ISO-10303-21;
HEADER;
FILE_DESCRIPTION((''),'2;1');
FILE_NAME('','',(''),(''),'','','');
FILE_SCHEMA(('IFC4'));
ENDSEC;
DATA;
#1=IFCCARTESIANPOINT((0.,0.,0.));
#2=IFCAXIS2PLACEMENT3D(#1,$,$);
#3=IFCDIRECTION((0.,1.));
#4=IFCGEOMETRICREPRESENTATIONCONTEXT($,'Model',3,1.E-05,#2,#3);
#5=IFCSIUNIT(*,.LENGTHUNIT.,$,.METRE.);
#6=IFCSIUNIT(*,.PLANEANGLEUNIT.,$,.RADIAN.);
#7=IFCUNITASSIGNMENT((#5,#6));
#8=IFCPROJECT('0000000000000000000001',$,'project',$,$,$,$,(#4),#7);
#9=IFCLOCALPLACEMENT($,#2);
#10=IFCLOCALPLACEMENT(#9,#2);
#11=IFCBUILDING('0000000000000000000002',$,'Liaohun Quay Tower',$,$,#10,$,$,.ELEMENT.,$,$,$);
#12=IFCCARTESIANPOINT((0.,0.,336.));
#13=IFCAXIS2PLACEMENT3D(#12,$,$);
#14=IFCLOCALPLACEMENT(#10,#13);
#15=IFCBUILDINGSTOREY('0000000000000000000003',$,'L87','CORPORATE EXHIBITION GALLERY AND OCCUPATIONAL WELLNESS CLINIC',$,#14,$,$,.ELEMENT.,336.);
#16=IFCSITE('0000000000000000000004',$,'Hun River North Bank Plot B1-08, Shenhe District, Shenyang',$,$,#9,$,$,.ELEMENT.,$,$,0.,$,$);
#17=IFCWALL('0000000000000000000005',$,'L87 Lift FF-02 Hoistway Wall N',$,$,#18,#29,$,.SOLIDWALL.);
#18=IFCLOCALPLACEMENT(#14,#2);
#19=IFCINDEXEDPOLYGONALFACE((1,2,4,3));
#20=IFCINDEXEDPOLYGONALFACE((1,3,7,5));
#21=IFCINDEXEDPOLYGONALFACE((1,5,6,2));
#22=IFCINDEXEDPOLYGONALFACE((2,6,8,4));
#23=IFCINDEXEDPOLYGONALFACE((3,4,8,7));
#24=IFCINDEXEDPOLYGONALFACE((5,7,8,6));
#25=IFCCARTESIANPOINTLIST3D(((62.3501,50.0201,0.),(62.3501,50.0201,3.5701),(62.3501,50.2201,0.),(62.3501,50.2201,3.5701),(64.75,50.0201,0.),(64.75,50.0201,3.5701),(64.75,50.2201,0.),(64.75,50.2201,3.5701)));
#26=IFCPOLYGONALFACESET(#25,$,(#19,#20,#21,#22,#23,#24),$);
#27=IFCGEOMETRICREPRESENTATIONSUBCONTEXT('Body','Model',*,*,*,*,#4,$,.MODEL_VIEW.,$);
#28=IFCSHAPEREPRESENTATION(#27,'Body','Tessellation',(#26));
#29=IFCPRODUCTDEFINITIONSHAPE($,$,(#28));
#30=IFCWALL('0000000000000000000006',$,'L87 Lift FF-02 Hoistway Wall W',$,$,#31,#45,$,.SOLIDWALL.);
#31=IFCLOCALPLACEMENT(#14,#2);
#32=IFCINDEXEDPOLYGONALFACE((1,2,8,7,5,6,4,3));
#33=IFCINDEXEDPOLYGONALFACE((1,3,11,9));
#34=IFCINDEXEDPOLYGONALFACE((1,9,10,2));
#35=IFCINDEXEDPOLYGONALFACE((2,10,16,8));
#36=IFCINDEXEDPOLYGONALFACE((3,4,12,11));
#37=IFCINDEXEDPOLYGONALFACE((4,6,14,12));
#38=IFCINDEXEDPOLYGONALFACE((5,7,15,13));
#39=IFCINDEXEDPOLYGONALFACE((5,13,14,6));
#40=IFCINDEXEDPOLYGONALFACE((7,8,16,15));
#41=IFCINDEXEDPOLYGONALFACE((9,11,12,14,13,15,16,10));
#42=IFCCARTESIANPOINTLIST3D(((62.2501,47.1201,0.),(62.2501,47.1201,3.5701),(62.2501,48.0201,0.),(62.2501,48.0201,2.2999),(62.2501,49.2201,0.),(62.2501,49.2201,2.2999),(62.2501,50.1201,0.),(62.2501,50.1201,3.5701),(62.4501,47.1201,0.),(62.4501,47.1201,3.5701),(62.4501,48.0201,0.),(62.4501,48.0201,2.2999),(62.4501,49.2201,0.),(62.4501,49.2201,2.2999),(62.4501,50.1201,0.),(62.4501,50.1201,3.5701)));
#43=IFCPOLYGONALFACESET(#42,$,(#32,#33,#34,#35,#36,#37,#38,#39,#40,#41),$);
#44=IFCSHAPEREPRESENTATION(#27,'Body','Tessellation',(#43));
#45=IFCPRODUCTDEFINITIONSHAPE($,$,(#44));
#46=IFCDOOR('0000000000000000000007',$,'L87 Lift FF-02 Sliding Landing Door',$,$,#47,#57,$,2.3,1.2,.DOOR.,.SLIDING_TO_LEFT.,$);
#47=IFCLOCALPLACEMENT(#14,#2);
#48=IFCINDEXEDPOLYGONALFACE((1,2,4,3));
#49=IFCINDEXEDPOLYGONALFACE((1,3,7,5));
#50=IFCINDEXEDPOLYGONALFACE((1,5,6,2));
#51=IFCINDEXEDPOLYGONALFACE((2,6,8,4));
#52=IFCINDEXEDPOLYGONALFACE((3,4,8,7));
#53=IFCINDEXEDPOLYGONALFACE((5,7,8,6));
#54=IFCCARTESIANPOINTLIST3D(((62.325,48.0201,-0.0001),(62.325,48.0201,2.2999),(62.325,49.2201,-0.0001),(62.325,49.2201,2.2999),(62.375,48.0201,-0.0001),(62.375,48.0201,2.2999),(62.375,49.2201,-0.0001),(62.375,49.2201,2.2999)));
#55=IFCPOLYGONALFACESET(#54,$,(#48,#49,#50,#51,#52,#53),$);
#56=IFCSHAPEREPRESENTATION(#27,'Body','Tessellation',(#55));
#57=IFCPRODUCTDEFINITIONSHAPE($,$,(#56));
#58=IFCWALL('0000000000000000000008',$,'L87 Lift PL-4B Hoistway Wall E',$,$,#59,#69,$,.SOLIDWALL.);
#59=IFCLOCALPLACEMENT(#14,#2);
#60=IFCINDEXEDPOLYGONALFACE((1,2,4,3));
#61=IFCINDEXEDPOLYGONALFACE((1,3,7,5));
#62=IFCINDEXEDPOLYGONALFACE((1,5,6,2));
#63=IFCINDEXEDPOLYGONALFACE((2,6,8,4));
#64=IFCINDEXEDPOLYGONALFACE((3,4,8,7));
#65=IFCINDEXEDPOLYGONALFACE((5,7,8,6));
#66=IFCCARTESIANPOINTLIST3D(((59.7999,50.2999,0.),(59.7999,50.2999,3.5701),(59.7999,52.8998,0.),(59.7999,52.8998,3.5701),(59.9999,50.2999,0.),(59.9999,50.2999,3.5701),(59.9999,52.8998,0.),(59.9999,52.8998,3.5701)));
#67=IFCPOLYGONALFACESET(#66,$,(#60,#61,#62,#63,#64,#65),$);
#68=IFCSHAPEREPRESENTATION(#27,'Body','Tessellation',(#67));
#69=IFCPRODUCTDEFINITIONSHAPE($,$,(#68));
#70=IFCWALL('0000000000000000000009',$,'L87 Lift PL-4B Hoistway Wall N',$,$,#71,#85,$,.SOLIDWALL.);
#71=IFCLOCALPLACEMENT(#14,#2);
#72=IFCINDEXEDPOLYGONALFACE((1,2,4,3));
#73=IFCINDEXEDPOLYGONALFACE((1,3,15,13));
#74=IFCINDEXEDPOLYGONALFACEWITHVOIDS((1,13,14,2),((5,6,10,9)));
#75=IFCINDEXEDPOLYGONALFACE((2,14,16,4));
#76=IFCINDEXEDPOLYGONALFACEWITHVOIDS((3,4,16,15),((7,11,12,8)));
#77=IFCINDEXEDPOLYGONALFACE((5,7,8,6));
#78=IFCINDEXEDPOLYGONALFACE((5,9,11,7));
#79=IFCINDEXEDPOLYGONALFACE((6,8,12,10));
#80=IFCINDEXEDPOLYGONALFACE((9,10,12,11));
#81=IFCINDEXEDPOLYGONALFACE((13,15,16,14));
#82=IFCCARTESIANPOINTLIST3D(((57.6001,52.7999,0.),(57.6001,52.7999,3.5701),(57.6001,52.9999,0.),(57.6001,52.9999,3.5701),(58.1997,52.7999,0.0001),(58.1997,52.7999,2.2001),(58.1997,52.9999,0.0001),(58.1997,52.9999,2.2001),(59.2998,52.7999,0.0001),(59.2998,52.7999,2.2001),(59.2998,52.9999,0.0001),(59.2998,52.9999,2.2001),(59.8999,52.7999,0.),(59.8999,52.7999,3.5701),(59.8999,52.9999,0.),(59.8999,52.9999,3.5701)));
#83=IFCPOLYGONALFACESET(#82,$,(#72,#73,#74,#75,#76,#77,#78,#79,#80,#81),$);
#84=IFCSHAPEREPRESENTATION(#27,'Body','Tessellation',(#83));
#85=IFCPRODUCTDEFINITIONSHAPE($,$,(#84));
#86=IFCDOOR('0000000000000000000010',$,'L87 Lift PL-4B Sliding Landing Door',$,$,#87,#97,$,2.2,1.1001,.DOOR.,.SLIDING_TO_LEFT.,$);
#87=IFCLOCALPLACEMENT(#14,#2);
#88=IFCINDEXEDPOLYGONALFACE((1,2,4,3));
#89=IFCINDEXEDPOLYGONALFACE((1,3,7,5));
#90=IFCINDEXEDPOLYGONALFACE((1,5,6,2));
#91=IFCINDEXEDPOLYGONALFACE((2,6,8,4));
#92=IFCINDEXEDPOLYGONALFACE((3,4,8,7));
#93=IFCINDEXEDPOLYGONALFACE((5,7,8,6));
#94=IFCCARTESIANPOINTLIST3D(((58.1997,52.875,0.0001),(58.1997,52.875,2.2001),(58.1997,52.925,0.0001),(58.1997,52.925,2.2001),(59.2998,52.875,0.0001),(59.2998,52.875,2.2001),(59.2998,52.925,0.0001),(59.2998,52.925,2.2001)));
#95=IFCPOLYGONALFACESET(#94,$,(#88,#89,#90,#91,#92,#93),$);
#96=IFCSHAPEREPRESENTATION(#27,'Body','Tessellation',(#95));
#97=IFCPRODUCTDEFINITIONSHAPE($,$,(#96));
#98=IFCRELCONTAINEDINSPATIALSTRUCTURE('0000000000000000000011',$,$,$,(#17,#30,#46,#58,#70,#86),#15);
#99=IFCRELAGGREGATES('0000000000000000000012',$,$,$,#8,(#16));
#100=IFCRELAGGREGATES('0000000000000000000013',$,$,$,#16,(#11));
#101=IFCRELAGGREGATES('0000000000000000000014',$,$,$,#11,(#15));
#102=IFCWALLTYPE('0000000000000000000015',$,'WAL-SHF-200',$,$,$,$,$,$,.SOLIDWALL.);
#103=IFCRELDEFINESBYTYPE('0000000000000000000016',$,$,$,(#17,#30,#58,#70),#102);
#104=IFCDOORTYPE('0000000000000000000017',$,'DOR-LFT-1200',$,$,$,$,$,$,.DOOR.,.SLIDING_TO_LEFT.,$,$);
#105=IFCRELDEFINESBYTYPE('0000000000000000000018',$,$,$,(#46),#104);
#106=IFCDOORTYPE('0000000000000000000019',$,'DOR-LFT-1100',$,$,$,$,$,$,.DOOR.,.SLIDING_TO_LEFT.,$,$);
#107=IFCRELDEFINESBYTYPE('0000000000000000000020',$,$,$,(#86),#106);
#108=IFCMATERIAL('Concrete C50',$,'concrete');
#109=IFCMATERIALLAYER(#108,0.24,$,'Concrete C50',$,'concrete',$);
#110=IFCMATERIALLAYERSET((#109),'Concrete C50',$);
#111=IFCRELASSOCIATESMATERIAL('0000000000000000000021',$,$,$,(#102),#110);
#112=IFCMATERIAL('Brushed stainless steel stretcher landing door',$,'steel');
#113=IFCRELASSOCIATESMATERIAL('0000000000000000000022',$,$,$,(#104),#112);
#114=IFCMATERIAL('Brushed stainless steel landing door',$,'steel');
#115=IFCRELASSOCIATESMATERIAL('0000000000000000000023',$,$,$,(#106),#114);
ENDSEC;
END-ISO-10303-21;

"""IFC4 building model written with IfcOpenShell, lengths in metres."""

from ifc_helpers import new_model, si_unit, direction, frame, frame_2d, origin, place, context, subcontext, project, spatial, rectangle, extrude, source, transform, mapped, material, layer, layer_set, type_object, element, fill, save


model = new_model("IFC4")

# Units and contexts
model_context = context("Model", 3, precision=1e-05, world=origin(), true_north=direction((0.0, 1.0)))
body_context = subcontext(model_context, "Body", "Model", "MODEL_VIEW")
ifc_project = project(units=[si_unit("LENGTHUNIT", "METRE"), si_unit("PLANEANGLEUNIT", "RADIAN")], contexts=[model_context])

# Site, building, storey
site_placement = place(None, origin())
site = spatial("IfcSite", under=ifc_project, at=site_placement, Name="Hun River North Bank Plot B1-08, Shenhe District, Shenyang", CompositionType="ELEMENT", RefElevation=0.0)
building_placement = place(site_placement, origin())
building = spatial("IfcBuilding", under=site, at=building_placement, Name="Liaohun Quay Tower", CompositionType="ELEMENT")
storey_placement = place(building_placement, frame((0.0, 0.0, 336.0)))
storey = spatial("IfcBuildingStorey", under=building, at=storey_placement, Name="L87", Description="CORPORATE EXHIBITION GALLERY AND OCCUPATIONAL WELLNESS CLINIC", CompositionType="ELEMENT", Elevation=336.0)

# Wall
ifc_material_1 = material(Name="Concrete C50", Category="concrete")
ifc_layer_1 = layer(ifc_material_1, 0.24, Name="Concrete C50", Category="concrete")
ifc_layer_set_1 = layer_set([ifc_layer_1], Name="Concrete C50")
wall_type_1 = type_object("IfcWallType", Name="WAL-SHF-200", PredefinedType="SOLIDWALL", material=ifc_layer_set_1)
wall_1_placement = place(storey_placement, frame((64.75, 50.1201, 0.0), z_axis=(0.0, 0.0, 1.0), x_axis=(-1.0, 0.0, 0.0)))
element("IfcWall", 1, at=wall_1_placement, inside=storey, type_object=wall_type_1, Name="L87 Lift FF-02 Hoistway Wall N", PredefinedType="SOLIDWALL", context=body_context, shape_type="SweptSolid", body=[
    extrude(rectangle(XDim=2.3999, YDim=0.2, at=frame_2d((1.2, 0.0))), origin(), (0.0, 0.0, 1.0), 3.5701),
])

# Wall, opening, door
wall_2_placement = place(storey_placement, frame((62.3501, 50.1201, 0.0), z_axis=(0.0, 0.0, 1.0), x_axis=(0.0, -1.0, 0.0)))
wall_2 = element("IfcWall", 2, at=wall_2_placement, inside=storey, type_object=wall_type_1, Name="L87 Lift FF-02 Hoistway Wall W", PredefinedType="SOLIDWALL", context=body_context, shape_type="SweptSolid", body=[
    extrude(rectangle(XDim=3.0, YDim=0.2, at=frame_2d((1.5, 0.0))), origin(), (0.0, 0.0, 1.0), 3.5701),
])
shared_shape_1 = source(origin(), body_context, "Body", "SweptSolid", [
    extrude(rectangle(XDim=1.2, YDim=2.3, at=frame_2d((0.6001, 1.1499))), frame((0.0, 0.1099, 0.0), z_axis=(0.0, -1.0, 0.0), x_axis=(1.0, 0.0, 0.0)), (0.0, 0.0, 1.0), 0.22),
])
opening_1_placement = place(wall_2_placement, frame((0.8999, 0.0, 0.0)))
opening_1 = element("IfcOpeningElement", 3, at=opening_1_placement, cuts=wall_2, PredefinedType="OPENING", context=body_context, shape_type="MappedRepresentation", body=[
    mapped(shared_shape_1, transform((0.0, 0.0, 0.0), x_axis=(1.0, 0.0, 0.0), y_axis=(0.0, 1.0, 0.0), z_axis=(0.0, 0.0, 1.0), scale=1.0)),
])
ifc_material_2 = material(Name="Brushed stainless steel stretcher landing door", Category="steel")
door_type_1 = type_object("IfcDoorType", Name="DOR-LFT-1200", OperationType="SLIDING_TO_LEFT", PredefinedType="DOOR", material=ifc_material_2)
shared_shape_2 = source(origin(), body_context, "Body", "SweptSolid", [
    extrude(rectangle(XDim=1.2, YDim=2.3, at=frame_2d((0.6001, 1.1499))), frame((0.0, 0.0249, 0.0), z_axis=(0.0, -1.0, 0.0), x_axis=(1.0, 0.0, 0.0)), (0.0, 0.0, 1.0), 0.05),
])
door_1_placement = place(opening_1_placement, origin())
door_1 = element("IfcDoor", 4, at=door_1_placement, inside=storey, type_object=door_type_1, Name="L87 Lift FF-02 Sliding Landing Door", OperationType="SLIDING_TO_LEFT", OverallHeight=2.3, OverallWidth=1.2, PredefinedType="DOOR", context=body_context, shape_type="MappedRepresentation", body=[
    mapped(shared_shape_2, transform((0.0, 0.0, 0.0), x_axis=(1.0, 0.0, 0.0), y_axis=(0.0, 1.0, 0.0), z_axis=(0.0, 0.0, 1.0), scale=1.0)),
])
fill(opening_1, door_1)

# Wall
wall_3_placement = place(storey_placement, frame((59.8999, 50.3, 0.0), z_axis=(0.0, 0.0, 1.0), x_axis=(0.0, 1.0, 0.0)))
element("IfcWall", 5, at=wall_3_placement, inside=storey, type_object=wall_type_1, Name="L87 Lift PL-4B Hoistway Wall E", PredefinedType="SOLIDWALL", context=body_context, shape_type="SweptSolid", body=[
    extrude(rectangle(XDim=2.5999, YDim=0.2, at=frame_2d((1.2998, 0.0))), origin(), (0.0, 0.0, 1.0), 3.5701),
])

# Wall, opening, door
wall_4_placement = place(storey_placement, frame((59.8999, 52.8999, 0.0), z_axis=(0.0, 0.0, 1.0), x_axis=(-1.0, 0.0, 0.0)))
wall_4 = element("IfcWall", 6, at=wall_4_placement, inside=storey, type_object=wall_type_1, Name="L87 Lift PL-4B Hoistway Wall N", PredefinedType="SOLIDWALL", context=body_context, shape_type="SweptSolid", body=[
    extrude(rectangle(XDim=2.2998, YDim=0.2, at=frame_2d((1.1499, 0.0))), origin(), (0.0, 0.0, 1.0), 3.5701),
])
shared_shape_3 = source(origin(), body_context, "Body", "SweptSolid", [
    extrude(rectangle(XDim=1.1001, YDim=2.2, at=frame_2d((0.55, 1.1001))), frame((0.0, 0.1099, 0.0), z_axis=(0.0, -1.0, 0.0), x_axis=(1.0, 0.0, 0.0)), (0.0, 0.0, 1.0), 0.22),
])
opening_2_placement = place(wall_4_placement, frame((0.6001, 0.0, 0.0)))
opening_2 = element("IfcOpeningElement", 7, at=opening_2_placement, cuts=wall_4, PredefinedType="OPENING", context=body_context, shape_type="MappedRepresentation", body=[
    mapped(shared_shape_3, transform((0.0, 0.0, 0.0), x_axis=(1.0, 0.0, 0.0), y_axis=(0.0, 1.0, 0.0), z_axis=(0.0, 0.0, 1.0), scale=1.0)),
])
ifc_material_3 = material(Name="Brushed stainless steel landing door", Category="steel")
door_type_2 = type_object("IfcDoorType", Name="DOR-LFT-1100", OperationType="SLIDING_TO_LEFT", PredefinedType="DOOR", material=ifc_material_3)
shared_shape_4 = source(origin(), body_context, "Body", "SweptSolid", [
    extrude(rectangle(XDim=1.1001, YDim=2.2, at=frame_2d((0.55, 1.1001))), frame((0.0, 0.0249, 0.0), z_axis=(0.0, -1.0, 0.0), x_axis=(1.0, 0.0, 0.0)), (0.0, 0.0, 1.0), 0.05),
])
door_2_placement = place(opening_2_placement, origin())
door_2 = element("IfcDoor", 8, at=door_2_placement, inside=storey, type_object=door_type_2, Name="L87 Lift PL-4B Sliding Landing Door", OperationType="SLIDING_TO_LEFT", OverallHeight=2.2, OverallWidth=1.1001, PredefinedType="DOOR", context=body_context, shape_type="MappedRepresentation", body=[
    mapped(shared_shape_4, transform((0.0, 0.0, 0.0), x_axis=(1.0, 0.0, 0.0), y_axis=(0.0, 1.0, 0.0), z_axis=(0.0, 0.0, 1.0), scale=1.0)),
])
fill(opening_2, door_2)

save(model, "model.ifc")
